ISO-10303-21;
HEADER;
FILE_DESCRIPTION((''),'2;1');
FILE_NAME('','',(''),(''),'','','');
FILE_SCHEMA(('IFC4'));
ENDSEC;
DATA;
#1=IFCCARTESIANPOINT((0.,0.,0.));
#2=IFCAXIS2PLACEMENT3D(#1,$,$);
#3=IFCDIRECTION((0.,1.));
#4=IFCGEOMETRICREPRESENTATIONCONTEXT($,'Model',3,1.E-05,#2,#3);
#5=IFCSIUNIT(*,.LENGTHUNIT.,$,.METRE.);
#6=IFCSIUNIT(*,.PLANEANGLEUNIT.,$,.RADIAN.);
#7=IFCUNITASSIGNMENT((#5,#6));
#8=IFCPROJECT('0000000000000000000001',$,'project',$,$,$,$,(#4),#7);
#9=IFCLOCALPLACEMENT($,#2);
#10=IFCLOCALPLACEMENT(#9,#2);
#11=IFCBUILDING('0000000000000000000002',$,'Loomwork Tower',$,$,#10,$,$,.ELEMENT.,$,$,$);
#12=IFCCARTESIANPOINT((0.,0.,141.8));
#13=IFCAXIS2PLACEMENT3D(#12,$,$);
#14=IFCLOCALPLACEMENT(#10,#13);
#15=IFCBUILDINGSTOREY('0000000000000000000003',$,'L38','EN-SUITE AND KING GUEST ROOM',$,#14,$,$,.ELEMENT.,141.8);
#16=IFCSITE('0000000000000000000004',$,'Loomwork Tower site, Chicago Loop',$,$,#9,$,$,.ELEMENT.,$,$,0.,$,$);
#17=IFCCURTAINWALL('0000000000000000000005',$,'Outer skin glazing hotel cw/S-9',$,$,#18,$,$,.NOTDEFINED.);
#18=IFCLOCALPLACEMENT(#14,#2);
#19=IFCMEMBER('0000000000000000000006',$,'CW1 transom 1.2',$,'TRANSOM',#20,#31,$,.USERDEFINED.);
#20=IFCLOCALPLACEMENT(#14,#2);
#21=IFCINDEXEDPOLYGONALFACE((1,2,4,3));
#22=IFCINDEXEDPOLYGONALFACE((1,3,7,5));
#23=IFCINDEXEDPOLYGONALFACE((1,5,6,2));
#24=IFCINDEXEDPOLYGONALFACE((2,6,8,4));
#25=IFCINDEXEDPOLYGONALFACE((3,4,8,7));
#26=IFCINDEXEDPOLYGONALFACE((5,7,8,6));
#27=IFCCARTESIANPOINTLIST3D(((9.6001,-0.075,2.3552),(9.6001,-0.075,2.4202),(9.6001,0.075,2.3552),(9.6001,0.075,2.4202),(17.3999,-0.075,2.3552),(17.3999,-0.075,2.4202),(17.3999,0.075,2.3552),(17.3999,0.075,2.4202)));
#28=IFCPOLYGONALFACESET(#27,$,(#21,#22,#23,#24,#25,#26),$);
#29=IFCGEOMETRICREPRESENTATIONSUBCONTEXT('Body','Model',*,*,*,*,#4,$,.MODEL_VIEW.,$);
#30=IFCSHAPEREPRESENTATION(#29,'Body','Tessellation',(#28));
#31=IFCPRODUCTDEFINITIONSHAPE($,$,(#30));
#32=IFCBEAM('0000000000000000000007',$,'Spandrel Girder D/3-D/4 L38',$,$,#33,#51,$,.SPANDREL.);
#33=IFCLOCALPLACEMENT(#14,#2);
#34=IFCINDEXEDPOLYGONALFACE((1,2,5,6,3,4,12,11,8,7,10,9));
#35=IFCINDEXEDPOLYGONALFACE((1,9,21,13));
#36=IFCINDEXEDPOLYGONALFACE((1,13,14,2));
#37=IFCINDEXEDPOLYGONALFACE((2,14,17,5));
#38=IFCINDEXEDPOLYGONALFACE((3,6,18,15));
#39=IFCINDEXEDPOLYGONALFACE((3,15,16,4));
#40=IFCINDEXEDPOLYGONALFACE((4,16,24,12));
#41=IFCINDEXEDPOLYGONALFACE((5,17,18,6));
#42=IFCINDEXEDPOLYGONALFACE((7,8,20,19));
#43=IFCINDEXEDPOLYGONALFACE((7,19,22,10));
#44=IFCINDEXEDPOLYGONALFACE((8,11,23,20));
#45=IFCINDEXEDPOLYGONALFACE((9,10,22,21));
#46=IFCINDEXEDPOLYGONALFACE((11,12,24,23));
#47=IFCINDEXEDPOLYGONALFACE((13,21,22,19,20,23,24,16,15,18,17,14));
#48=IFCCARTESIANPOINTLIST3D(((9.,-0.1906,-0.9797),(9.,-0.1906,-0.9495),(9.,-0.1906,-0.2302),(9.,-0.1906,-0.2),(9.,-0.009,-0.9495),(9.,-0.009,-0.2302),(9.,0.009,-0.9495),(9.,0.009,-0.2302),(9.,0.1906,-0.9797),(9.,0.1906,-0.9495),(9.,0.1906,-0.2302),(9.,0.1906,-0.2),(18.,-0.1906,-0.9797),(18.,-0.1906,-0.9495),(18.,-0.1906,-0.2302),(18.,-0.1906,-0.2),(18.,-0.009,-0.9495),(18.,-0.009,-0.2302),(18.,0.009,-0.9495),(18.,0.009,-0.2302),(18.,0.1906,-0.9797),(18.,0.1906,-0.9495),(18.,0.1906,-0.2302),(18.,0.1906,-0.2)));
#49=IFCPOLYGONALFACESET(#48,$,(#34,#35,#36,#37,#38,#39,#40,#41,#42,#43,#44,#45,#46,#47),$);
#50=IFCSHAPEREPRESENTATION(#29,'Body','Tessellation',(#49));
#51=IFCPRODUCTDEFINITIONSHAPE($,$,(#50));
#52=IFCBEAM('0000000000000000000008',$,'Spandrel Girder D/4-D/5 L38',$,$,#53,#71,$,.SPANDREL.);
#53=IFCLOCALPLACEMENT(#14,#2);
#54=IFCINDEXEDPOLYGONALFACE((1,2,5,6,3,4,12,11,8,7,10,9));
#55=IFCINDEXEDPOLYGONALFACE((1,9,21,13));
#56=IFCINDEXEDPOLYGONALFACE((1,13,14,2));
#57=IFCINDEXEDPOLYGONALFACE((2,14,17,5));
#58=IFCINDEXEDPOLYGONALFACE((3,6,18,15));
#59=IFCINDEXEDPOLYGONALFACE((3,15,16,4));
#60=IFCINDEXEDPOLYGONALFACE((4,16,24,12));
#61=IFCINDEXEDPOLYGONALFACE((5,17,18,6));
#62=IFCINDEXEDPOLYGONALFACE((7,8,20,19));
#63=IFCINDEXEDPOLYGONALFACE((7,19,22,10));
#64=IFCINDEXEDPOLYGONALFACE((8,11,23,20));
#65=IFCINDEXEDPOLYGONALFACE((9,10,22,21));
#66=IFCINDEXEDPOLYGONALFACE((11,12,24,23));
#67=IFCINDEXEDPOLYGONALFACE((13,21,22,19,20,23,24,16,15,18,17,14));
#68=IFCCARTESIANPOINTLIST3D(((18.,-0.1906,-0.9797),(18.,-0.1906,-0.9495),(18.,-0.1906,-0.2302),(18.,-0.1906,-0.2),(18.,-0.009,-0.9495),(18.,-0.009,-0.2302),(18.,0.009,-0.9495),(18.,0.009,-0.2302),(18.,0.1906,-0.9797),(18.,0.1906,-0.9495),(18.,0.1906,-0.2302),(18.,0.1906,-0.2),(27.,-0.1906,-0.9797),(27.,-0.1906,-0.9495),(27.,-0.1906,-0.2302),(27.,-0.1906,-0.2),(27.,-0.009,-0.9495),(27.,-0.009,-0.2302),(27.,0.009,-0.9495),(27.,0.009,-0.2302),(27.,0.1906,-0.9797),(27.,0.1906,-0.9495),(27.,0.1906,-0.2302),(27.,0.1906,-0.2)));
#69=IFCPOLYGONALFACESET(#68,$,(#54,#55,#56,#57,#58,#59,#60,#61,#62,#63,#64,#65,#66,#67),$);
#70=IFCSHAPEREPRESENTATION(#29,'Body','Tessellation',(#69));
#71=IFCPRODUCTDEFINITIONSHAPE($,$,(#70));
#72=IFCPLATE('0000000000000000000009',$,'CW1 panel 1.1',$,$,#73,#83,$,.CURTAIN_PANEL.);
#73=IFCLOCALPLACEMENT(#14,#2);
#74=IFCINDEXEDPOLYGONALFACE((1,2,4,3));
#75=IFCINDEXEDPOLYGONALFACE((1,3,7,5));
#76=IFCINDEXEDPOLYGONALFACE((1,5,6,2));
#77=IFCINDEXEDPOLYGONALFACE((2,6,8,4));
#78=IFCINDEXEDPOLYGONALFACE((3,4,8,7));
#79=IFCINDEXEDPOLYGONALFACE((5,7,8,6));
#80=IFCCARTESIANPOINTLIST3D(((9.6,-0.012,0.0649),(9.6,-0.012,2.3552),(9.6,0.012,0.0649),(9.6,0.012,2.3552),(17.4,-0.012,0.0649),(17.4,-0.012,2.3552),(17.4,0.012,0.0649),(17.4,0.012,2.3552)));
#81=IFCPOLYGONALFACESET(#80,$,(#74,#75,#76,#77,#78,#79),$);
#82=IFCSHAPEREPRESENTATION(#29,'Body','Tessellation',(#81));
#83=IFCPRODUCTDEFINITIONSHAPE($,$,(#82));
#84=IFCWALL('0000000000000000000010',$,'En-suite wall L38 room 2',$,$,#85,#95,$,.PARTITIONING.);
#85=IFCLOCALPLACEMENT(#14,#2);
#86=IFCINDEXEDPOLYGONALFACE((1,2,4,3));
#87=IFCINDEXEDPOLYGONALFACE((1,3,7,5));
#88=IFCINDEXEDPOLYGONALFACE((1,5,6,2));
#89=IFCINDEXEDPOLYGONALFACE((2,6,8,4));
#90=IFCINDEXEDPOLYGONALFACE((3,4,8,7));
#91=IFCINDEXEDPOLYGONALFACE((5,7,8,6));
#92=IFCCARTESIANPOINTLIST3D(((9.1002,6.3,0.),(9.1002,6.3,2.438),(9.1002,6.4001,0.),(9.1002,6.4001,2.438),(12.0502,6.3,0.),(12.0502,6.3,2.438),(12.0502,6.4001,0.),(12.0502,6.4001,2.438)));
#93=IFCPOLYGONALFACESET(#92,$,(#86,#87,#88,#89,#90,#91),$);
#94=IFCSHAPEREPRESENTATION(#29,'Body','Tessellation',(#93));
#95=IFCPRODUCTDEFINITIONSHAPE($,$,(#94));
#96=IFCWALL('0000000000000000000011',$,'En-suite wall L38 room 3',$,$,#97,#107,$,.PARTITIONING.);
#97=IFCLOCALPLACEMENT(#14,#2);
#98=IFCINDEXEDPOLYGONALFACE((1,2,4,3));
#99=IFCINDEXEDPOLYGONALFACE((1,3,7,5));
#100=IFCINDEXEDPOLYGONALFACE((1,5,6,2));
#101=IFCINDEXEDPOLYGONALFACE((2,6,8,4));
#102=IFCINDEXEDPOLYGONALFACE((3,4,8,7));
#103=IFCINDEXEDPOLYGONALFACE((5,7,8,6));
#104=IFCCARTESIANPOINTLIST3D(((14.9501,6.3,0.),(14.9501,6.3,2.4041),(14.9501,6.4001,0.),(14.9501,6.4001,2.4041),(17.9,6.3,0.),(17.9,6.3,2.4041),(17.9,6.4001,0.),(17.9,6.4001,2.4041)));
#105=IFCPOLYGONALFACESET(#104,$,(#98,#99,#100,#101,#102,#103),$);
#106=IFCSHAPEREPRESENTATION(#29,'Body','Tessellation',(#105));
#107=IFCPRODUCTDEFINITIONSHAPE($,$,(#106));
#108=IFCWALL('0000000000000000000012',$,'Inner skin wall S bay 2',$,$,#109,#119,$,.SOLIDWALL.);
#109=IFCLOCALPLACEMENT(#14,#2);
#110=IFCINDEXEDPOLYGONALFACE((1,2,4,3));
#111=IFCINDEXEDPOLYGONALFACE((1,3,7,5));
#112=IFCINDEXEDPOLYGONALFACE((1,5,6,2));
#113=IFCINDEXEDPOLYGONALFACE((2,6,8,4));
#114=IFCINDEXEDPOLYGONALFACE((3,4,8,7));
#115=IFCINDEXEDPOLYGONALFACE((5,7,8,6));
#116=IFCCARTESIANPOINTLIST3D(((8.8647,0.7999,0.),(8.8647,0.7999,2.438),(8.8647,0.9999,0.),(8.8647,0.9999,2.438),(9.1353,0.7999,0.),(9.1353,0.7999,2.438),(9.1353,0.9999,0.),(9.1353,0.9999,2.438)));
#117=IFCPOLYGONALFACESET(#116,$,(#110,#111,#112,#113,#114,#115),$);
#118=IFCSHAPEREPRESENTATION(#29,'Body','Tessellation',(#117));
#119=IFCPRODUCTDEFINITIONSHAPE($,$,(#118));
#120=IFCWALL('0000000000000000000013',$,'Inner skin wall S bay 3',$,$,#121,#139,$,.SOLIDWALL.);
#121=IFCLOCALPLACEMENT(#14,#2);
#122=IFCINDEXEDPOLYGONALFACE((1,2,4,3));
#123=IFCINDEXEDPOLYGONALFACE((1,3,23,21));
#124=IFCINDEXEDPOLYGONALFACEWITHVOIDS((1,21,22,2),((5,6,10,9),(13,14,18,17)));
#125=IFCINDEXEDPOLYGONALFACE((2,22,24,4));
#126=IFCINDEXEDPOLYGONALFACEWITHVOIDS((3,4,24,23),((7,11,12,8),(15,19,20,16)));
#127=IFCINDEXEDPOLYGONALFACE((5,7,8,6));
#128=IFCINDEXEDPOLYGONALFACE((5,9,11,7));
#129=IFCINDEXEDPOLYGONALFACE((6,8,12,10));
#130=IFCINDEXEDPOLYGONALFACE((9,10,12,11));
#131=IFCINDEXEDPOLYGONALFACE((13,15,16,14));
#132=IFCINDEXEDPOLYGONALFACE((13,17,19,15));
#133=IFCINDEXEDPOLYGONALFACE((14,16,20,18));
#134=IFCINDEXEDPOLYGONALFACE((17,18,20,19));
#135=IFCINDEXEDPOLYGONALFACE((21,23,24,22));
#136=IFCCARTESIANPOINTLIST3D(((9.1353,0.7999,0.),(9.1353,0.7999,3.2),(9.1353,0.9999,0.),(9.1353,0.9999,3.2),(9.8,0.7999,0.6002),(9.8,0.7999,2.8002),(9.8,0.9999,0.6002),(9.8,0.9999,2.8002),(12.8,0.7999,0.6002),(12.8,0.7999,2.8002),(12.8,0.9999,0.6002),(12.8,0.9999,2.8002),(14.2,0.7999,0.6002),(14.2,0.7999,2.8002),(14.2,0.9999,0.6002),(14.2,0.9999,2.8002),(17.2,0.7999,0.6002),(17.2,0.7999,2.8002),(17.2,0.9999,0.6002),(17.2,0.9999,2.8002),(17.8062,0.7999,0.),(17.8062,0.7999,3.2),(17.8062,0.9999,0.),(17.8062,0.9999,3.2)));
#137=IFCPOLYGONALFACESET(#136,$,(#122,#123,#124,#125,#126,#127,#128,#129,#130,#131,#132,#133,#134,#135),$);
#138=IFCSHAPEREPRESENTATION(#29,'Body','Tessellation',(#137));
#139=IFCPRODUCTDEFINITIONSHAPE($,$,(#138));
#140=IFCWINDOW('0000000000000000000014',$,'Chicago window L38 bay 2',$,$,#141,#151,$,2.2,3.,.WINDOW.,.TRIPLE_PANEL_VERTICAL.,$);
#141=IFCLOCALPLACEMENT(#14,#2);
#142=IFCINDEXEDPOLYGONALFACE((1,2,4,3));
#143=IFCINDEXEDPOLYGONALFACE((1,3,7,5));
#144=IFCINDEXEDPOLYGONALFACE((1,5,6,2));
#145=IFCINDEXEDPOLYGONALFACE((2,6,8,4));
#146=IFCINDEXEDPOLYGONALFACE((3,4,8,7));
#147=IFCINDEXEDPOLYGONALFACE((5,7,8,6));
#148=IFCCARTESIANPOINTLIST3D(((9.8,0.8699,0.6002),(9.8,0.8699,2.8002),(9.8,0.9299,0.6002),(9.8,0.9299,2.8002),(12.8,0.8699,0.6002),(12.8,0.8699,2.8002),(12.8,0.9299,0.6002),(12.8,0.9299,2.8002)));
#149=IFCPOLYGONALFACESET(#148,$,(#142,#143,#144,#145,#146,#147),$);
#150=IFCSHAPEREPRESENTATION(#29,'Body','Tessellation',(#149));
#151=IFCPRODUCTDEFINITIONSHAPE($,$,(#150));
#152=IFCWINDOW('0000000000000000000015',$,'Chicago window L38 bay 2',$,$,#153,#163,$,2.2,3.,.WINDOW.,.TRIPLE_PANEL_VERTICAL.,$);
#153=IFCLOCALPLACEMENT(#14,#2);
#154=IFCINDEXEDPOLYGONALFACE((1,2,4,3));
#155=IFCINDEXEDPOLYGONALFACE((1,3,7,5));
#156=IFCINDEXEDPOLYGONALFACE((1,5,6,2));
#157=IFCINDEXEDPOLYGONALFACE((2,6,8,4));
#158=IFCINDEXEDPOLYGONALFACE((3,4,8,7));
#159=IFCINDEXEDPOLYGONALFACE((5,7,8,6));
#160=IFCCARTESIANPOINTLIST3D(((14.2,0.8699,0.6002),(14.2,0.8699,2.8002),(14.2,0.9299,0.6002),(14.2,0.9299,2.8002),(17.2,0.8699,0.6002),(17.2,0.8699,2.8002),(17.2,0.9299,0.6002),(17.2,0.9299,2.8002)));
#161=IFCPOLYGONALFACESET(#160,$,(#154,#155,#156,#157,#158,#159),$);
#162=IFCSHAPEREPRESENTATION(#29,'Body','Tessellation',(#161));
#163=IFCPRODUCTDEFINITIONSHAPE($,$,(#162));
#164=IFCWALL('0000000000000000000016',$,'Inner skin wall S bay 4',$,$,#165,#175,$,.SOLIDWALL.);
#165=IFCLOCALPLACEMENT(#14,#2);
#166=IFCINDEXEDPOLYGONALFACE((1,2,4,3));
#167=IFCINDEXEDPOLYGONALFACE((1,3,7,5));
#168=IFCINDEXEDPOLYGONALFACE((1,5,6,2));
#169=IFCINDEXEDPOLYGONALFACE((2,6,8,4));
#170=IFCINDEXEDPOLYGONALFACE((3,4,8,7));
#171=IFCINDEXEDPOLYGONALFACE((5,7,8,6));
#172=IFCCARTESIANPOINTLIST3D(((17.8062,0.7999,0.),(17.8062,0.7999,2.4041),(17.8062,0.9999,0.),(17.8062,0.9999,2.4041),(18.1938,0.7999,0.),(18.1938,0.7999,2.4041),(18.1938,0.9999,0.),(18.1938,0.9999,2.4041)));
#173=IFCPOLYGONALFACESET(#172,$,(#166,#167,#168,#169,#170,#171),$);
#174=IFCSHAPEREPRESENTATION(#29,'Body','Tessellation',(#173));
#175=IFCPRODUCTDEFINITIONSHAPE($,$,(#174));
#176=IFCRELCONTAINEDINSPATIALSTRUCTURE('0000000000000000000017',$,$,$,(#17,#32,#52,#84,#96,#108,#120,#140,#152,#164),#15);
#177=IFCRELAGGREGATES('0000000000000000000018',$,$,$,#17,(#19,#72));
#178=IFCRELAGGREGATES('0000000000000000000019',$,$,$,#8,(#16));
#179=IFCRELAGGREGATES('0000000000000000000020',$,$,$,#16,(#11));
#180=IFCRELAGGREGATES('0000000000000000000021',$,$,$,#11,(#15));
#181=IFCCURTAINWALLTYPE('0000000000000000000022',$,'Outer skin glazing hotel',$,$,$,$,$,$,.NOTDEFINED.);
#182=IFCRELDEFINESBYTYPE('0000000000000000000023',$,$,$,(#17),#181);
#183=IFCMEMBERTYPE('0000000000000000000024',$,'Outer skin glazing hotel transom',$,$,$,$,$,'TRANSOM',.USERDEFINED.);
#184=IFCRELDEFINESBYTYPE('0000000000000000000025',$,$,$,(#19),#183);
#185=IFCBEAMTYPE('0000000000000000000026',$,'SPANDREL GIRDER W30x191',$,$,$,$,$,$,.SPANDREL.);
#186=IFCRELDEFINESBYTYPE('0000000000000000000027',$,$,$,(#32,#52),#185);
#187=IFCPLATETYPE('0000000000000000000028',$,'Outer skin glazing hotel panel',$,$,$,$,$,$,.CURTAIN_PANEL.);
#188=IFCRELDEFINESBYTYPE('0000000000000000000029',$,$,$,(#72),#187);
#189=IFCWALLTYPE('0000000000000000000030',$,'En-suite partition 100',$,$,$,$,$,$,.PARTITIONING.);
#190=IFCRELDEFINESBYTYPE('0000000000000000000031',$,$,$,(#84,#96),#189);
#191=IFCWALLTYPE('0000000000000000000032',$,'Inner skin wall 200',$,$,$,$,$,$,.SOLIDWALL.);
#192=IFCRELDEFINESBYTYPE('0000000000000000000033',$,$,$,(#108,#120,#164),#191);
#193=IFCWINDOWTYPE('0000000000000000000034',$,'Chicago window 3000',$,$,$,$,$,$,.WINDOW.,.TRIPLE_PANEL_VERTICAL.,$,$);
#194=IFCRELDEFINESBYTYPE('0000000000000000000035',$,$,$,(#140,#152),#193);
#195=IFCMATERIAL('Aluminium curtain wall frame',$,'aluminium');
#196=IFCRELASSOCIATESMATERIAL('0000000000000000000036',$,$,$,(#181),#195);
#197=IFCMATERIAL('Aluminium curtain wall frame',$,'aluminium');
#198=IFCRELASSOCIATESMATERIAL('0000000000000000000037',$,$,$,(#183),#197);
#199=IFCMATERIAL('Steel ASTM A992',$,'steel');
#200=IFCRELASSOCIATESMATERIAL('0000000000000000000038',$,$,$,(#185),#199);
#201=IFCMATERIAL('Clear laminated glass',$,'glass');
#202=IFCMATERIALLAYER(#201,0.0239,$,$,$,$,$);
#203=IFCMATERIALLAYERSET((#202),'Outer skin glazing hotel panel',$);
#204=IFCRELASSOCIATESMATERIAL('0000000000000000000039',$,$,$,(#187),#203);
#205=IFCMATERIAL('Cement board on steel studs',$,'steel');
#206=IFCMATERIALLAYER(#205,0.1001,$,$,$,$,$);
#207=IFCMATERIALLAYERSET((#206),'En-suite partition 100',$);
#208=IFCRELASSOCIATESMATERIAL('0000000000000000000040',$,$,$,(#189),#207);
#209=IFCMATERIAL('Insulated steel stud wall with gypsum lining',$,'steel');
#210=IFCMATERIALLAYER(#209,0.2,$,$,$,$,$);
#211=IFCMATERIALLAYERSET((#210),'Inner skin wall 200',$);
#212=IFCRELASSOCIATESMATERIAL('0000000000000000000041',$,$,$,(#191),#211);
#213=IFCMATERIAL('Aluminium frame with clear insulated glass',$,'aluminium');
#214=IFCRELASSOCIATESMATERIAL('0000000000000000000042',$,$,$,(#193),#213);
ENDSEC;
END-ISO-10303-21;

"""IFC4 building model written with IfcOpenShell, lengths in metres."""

from ifc_helpers import new_model, si_unit, direction, frame, frame_2d, origin, origin_2d, place, context, subcontext, project, spatial, rectangle, i_section, extrude, material, layer, layer_set, material_profile, profile_set, type_object, element, fill, aggregate, save


model = new_model("IFC4")

# Units and contexts
model_context = context("Model", 3, precision=1e-05, world=origin(), true_north=direction((0.0, 1.0)))
body_context = subcontext(model_context, "Body", "Model", "MODEL_VIEW")
ifc_project = project(units=[si_unit("LENGTHUNIT", "METRE"), si_unit("PLANEANGLEUNIT", "RADIAN")], contexts=[model_context])

# Site, building, storey
site_placement = place(None, origin())
site = spatial("IfcSite", under=ifc_project, at=site_placement, Name="Loomwork Tower site, Chicago Loop", CompositionType="ELEMENT", RefElevation=0.0)
building_placement = place(site_placement, origin())
building = spatial("IfcBuilding", under=site, at=building_placement, Name="Loomwork Tower", CompositionType="ELEMENT")
storey_placement = place(building_placement, frame((0.0, 0.0, 141.8)))
storey = spatial("IfcBuildingStorey", under=building, at=storey_placement, Name="L38", Description="EN-SUITE AND KING GUEST ROOM", CompositionType="ELEMENT", Elevation=141.8)

# Shared definitions
ifc_material_1 = material(Name="Aluminium curtain wall frame", Category="aluminium")
curtain_wall_type = type_object("IfcCurtainWallType", Name="Outer skin glazing hotel", PredefinedType="NOTDEFINED", material=ifc_material_1)

# Curtain wall, member
curtain_wall_1_placement = place(storey_placement, origin())
curtain_wall_1 = element("IfcCurtainWall", 1, at=curtain_wall_1_placement, inside=storey, type_object=curtain_wall_type, Name="Outer skin glazing hotel cw/S-9", PredefinedType="NOTDEFINED")
ifc_material_2 = material(Name="Aluminium curtain wall frame", Category="aluminium")
ifc_material_profile_1 = material_profile(ifc_material_2, rectangle(XDim=0.1499, YDim=0.0649, at=origin_2d()), Name="AL 65x150")
ifc_profile_set_1 = profile_set([ifc_material_profile_1], Name="Aluminium curtain wall frame")
member_type_1 = type_object("IfcMemberType", Name="Outer skin glazing hotel transom", ElementType="TRANSOM", PredefinedType="USERDEFINED", material=ifc_profile_set_1)
member_1_placement = place(storey_placement, frame((9.6001, 0.0, 2.3877), z_axis=(1.0, 0.0, 0.0), x_axis=(0.0, 1.0, 0.0)))
member_1 = element("IfcMember", 2, at=member_1_placement, type_object=member_type_1, Name="CW1 transom 1.2", ObjectType="TRANSOM", PredefinedType="USERDEFINED", context=body_context, shape_type="SweptSolid", body=[
    extrude(rectangle(XDim=0.1499, YDim=0.0649, at=origin_2d()), origin(), (0.0, 0.0, 1.0), 7.7998),
])

# Beams
ifc_material_3 = material(Name="Steel ASTM A992", Category="steel")
ifc_material_profile_2 = material_profile(ifc_material_3, i_section(OverallWidth=0.3811, OverallDepth=0.7798, WebThickness=0.0181, FlangeThickness=0.0303, at=origin_2d()), Name="W30x191")
ifc_profile_set_2 = profile_set([ifc_material_profile_2], Name="Steel ASTM A992")
beam_type_1 = type_object("IfcBeamType", Name="SPANDREL GIRDER W30x191", PredefinedType="SPANDREL", material=ifc_profile_set_2)
for number, where, z_axis, x_axis, name in (
    (3, (9.0, 0.0, -0.5898), (1.0, 0.0, 0.0), (0.0, 1.0, 0.0), "Spandrel Girder D/3-D/4 L38"),
    (4, (18.0, 0.0, -0.5898), (1.0, 0.0, 0.0), (0.0, 1.0, 0.0), "Spandrel Girder D/4-D/5 L38"),
):
    element("IfcBeam", number, at=place(storey_placement, frame(where, z_axis=z_axis, x_axis=x_axis)), inside=storey, type_object=beam_type_1, Name=name, PredefinedType="SPANDREL", context=body_context, shape_type="SweptSolid", body=[
        extrude(i_section(OverallWidth=0.3811, OverallDepth=0.7798, WebThickness=0.0181, FlangeThickness=0.0303, at=origin_2d()), origin(), (0.0, 0.0, 1.0), 9.0),
    ])

# Plate
ifc_material_4 = material(Name="Clear laminated glass", Category="glass")
ifc_layer_1 = layer(ifc_material_4, 0.0239)
ifc_layer_set_1 = layer_set([ifc_layer_1], Name="Outer skin glazing hotel panel")
plate_type = type_object("IfcPlateType", Name="Outer skin glazing hotel panel", PredefinedType="CURTAIN_PANEL", material=ifc_layer_set_1)
plate_placement = place(storey_placement, frame((13.5, 0.0, 0.0649), z_axis=(0.0, 0.0, 1.0), x_axis=(1.0, 0.0, 0.0)))
plate = element("IfcPlate", 5, at=plate_placement, type_object=plate_type, Name="CW1 panel 1.1", PredefinedType="CURTAIN_PANEL", context=body_context, shape_type="SweptSolid", body=[
    extrude(rectangle(XDim=7.8, YDim=0.0239, at=origin_2d()), origin(), (0.0, 0.0, 1.0), 2.2903),
])
aggregate(curtain_wall_1, [member_1, plate])

# Walls
ifc_material_5 = material(Name="Cement board on steel studs", Category="steel")
ifc_layer_2 = layer(ifc_material_5, 0.1001)
ifc_layer_set_2 = layer_set([ifc_layer_2], Name="En-suite partition 100")
wall_type_1 = type_object("IfcWallType", Name="En-suite partition 100", PredefinedType="PARTITIONING", material=ifc_layer_set_2)
wall_1_placement = place(storey_placement, frame((9.1001, 6.3501, 0.0), z_axis=(0.0, 0.0, 1.0), x_axis=(1.0, 0.0, 0.0)))
element("IfcWall", 6, at=wall_1_placement, inside=storey, type_object=wall_type_1, Name="En-suite wall L38 room 2", PredefinedType="PARTITIONING", context=body_context, shape_type="SweptSolid", body=[
    extrude(rectangle(XDim=2.95, YDim=0.1001, at=frame_2d((1.4751, 0.0))), origin(), (0.0, 0.0, 1.0), 2.438),
])
wall_2_placement = place(storey_placement, frame((14.95, 6.3501, 0.0), z_axis=(0.0, 0.0, 1.0), x_axis=(1.0, 0.0, 0.0)))
element("IfcWall", 7, at=wall_2_placement, inside=storey, type_object=wall_type_1, Name="En-suite wall L38 room 3", PredefinedType="PARTITIONING", context=body_context, shape_type="SweptSolid", body=[
    extrude(rectangle(XDim=2.95, YDim=0.1001, at=frame_2d((1.4751, 0.0))), origin(), (0.0, 0.0, 1.0), 2.4041),
])
ifc_material_6 = material(Name="Insulated steel stud wall with gypsum lining", Category="steel")
ifc_layer_3 = layer(ifc_material_6, 0.2)
ifc_layer_set_3 = layer_set([ifc_layer_3], Name="Inner skin wall 200")
wall_type_2 = type_object("IfcWallType", Name="Inner skin wall 200", PredefinedType="SOLIDWALL", material=ifc_layer_set_3)
wall_3_placement = place(storey_placement, frame((8.8647, 0.8999, 0.0), z_axis=(0.0, 0.0, 1.0), x_axis=(1.0, 0.0, 0.0)))
element("IfcWall", 8, at=wall_3_placement, inside=storey, type_object=wall_type_2, Name="Inner skin wall S bay 2", PredefinedType="SOLIDWALL", context=body_context, shape_type="SweptSolid", body=[
    extrude(rectangle(XDim=0.2705, YDim=0.2, at=frame_2d((0.1353, 0.0))), origin(), (0.0, 0.0, 1.0), 2.438),
])

# Wall, openings, windows
wall_4_placement = place(storey_placement, frame((9.1353, 0.8999, 0.0), z_axis=(0.0, 0.0, 1.0), x_axis=(1.0, 0.0, 0.0)))
wall_4 = element("IfcWall", 9, at=wall_4_placement, inside=storey, type_object=wall_type_2, Name="Inner skin wall S bay 3", PredefinedType="SOLIDWALL", context=body_context, shape_type="SweptSolid", body=[
    extrude(rectangle(XDim=8.6709, YDim=0.2, at=frame_2d((4.3354, 0.0))), origin(), (0.0, 0.0, 1.0), 3.2),
])
opening_1_placement = place(wall_4_placement, frame((0.6648, 0.0, 0.6001)))
opening_1 = element("IfcOpeningElement", 10, at=opening_1_placement, cuts=wall_4, PredefinedType="OPENING", context=body_context, shape_type="SweptSolid", body=[
    extrude(rectangle(XDim=3.0, YDim=2.2, at=frame_2d((1.5, 1.1001))), frame((0.0, 0.1099, 0.0), z_axis=(0.0, -1.0, 0.0), x_axis=(1.0, 0.0, 0.0)), (0.0, 0.0, 1.0), 0.22),
])
opening_2_placement = place(wall_4_placement, frame((5.0647, 0.0, 0.6001)))
opening_2 = element("IfcOpeningElement", 11, at=opening_2_placement, cuts=wall_4, PredefinedType="OPENING", context=body_context, shape_type="SweptSolid", body=[
    extrude(rectangle(XDim=3.0, YDim=2.2, at=frame_2d((1.5, 1.1001))), frame((0.0, 0.1099, 0.0), z_axis=(0.0, -1.0, 0.0), x_axis=(1.0, 0.0, 0.0)), (0.0, 0.0, 1.0), 0.22),
])
ifc_material_7 = material(Name="Aluminium frame with clear insulated glass", Category="aluminium")
window_type = type_object("IfcWindowType", Name="Chicago window 3000", PartitioningType="TRIPLE_PANEL_VERTICAL", PredefinedType="WINDOW", material=ifc_material_7)
window_1_placement = place(opening_1_placement, origin())
window_1 = element("IfcWindow", 12, at=window_1_placement, inside=storey, type_object=window_type, Name="Chicago window L38 bay 2", OverallHeight=2.2, OverallWidth=3.0, PartitioningType="TRIPLE_PANEL_VERTICAL", PredefinedType="WINDOW", context=body_context, shape_type="SweptSolid", body=[
    extrude(rectangle(XDim=3.0, YDim=2.2, at=frame_2d((1.5, 1.1001))), frame((0.0, 0.03, 0.0), z_axis=(0.0, -1.0, 0.0), x_axis=(1.0, 0.0, 0.0)), (0.0, 0.0, 1.0), 0.0601),
])
fill(opening_1, window_1)
window_2_placement = place(opening_2_placement, origin())
window_2 = element("IfcWindow", 13, at=window_2_placement, inside=storey, type_object=window_type, Name="Chicago window L38 bay 2", OverallHeight=2.2, OverallWidth=3.0, PartitioningType="TRIPLE_PANEL_VERTICAL", PredefinedType="WINDOW", context=body_context, shape_type="SweptSolid", body=[
    extrude(rectangle(XDim=3.0, YDim=2.2, at=frame_2d((1.5, 1.1001))), frame((0.0, 0.03, 0.0), z_axis=(0.0, -1.0, 0.0), x_axis=(1.0, 0.0, 0.0)), (0.0, 0.0, 1.0), 0.0601),
])
fill(opening_2, window_2)

# Wall
wall_5_placement = place(storey_placement, frame((17.8062, 0.8999, 0.0), z_axis=(0.0, 0.0, 1.0), x_axis=(1.0, 0.0, 0.0)))
element("IfcWall", 14, at=wall_5_placement, inside=storey, type_object=wall_type_2, Name="Inner skin wall S bay 4", PredefinedType="SOLIDWALL", context=body_context, shape_type="SweptSolid", body=[
    extrude(rectangle(XDim=0.3877, YDim=0.2, at=frame_2d((0.1938, 0.0))), origin(), (0.0, 0.0, 1.0), 2.4041),
])

save(model, "model.ifc")
